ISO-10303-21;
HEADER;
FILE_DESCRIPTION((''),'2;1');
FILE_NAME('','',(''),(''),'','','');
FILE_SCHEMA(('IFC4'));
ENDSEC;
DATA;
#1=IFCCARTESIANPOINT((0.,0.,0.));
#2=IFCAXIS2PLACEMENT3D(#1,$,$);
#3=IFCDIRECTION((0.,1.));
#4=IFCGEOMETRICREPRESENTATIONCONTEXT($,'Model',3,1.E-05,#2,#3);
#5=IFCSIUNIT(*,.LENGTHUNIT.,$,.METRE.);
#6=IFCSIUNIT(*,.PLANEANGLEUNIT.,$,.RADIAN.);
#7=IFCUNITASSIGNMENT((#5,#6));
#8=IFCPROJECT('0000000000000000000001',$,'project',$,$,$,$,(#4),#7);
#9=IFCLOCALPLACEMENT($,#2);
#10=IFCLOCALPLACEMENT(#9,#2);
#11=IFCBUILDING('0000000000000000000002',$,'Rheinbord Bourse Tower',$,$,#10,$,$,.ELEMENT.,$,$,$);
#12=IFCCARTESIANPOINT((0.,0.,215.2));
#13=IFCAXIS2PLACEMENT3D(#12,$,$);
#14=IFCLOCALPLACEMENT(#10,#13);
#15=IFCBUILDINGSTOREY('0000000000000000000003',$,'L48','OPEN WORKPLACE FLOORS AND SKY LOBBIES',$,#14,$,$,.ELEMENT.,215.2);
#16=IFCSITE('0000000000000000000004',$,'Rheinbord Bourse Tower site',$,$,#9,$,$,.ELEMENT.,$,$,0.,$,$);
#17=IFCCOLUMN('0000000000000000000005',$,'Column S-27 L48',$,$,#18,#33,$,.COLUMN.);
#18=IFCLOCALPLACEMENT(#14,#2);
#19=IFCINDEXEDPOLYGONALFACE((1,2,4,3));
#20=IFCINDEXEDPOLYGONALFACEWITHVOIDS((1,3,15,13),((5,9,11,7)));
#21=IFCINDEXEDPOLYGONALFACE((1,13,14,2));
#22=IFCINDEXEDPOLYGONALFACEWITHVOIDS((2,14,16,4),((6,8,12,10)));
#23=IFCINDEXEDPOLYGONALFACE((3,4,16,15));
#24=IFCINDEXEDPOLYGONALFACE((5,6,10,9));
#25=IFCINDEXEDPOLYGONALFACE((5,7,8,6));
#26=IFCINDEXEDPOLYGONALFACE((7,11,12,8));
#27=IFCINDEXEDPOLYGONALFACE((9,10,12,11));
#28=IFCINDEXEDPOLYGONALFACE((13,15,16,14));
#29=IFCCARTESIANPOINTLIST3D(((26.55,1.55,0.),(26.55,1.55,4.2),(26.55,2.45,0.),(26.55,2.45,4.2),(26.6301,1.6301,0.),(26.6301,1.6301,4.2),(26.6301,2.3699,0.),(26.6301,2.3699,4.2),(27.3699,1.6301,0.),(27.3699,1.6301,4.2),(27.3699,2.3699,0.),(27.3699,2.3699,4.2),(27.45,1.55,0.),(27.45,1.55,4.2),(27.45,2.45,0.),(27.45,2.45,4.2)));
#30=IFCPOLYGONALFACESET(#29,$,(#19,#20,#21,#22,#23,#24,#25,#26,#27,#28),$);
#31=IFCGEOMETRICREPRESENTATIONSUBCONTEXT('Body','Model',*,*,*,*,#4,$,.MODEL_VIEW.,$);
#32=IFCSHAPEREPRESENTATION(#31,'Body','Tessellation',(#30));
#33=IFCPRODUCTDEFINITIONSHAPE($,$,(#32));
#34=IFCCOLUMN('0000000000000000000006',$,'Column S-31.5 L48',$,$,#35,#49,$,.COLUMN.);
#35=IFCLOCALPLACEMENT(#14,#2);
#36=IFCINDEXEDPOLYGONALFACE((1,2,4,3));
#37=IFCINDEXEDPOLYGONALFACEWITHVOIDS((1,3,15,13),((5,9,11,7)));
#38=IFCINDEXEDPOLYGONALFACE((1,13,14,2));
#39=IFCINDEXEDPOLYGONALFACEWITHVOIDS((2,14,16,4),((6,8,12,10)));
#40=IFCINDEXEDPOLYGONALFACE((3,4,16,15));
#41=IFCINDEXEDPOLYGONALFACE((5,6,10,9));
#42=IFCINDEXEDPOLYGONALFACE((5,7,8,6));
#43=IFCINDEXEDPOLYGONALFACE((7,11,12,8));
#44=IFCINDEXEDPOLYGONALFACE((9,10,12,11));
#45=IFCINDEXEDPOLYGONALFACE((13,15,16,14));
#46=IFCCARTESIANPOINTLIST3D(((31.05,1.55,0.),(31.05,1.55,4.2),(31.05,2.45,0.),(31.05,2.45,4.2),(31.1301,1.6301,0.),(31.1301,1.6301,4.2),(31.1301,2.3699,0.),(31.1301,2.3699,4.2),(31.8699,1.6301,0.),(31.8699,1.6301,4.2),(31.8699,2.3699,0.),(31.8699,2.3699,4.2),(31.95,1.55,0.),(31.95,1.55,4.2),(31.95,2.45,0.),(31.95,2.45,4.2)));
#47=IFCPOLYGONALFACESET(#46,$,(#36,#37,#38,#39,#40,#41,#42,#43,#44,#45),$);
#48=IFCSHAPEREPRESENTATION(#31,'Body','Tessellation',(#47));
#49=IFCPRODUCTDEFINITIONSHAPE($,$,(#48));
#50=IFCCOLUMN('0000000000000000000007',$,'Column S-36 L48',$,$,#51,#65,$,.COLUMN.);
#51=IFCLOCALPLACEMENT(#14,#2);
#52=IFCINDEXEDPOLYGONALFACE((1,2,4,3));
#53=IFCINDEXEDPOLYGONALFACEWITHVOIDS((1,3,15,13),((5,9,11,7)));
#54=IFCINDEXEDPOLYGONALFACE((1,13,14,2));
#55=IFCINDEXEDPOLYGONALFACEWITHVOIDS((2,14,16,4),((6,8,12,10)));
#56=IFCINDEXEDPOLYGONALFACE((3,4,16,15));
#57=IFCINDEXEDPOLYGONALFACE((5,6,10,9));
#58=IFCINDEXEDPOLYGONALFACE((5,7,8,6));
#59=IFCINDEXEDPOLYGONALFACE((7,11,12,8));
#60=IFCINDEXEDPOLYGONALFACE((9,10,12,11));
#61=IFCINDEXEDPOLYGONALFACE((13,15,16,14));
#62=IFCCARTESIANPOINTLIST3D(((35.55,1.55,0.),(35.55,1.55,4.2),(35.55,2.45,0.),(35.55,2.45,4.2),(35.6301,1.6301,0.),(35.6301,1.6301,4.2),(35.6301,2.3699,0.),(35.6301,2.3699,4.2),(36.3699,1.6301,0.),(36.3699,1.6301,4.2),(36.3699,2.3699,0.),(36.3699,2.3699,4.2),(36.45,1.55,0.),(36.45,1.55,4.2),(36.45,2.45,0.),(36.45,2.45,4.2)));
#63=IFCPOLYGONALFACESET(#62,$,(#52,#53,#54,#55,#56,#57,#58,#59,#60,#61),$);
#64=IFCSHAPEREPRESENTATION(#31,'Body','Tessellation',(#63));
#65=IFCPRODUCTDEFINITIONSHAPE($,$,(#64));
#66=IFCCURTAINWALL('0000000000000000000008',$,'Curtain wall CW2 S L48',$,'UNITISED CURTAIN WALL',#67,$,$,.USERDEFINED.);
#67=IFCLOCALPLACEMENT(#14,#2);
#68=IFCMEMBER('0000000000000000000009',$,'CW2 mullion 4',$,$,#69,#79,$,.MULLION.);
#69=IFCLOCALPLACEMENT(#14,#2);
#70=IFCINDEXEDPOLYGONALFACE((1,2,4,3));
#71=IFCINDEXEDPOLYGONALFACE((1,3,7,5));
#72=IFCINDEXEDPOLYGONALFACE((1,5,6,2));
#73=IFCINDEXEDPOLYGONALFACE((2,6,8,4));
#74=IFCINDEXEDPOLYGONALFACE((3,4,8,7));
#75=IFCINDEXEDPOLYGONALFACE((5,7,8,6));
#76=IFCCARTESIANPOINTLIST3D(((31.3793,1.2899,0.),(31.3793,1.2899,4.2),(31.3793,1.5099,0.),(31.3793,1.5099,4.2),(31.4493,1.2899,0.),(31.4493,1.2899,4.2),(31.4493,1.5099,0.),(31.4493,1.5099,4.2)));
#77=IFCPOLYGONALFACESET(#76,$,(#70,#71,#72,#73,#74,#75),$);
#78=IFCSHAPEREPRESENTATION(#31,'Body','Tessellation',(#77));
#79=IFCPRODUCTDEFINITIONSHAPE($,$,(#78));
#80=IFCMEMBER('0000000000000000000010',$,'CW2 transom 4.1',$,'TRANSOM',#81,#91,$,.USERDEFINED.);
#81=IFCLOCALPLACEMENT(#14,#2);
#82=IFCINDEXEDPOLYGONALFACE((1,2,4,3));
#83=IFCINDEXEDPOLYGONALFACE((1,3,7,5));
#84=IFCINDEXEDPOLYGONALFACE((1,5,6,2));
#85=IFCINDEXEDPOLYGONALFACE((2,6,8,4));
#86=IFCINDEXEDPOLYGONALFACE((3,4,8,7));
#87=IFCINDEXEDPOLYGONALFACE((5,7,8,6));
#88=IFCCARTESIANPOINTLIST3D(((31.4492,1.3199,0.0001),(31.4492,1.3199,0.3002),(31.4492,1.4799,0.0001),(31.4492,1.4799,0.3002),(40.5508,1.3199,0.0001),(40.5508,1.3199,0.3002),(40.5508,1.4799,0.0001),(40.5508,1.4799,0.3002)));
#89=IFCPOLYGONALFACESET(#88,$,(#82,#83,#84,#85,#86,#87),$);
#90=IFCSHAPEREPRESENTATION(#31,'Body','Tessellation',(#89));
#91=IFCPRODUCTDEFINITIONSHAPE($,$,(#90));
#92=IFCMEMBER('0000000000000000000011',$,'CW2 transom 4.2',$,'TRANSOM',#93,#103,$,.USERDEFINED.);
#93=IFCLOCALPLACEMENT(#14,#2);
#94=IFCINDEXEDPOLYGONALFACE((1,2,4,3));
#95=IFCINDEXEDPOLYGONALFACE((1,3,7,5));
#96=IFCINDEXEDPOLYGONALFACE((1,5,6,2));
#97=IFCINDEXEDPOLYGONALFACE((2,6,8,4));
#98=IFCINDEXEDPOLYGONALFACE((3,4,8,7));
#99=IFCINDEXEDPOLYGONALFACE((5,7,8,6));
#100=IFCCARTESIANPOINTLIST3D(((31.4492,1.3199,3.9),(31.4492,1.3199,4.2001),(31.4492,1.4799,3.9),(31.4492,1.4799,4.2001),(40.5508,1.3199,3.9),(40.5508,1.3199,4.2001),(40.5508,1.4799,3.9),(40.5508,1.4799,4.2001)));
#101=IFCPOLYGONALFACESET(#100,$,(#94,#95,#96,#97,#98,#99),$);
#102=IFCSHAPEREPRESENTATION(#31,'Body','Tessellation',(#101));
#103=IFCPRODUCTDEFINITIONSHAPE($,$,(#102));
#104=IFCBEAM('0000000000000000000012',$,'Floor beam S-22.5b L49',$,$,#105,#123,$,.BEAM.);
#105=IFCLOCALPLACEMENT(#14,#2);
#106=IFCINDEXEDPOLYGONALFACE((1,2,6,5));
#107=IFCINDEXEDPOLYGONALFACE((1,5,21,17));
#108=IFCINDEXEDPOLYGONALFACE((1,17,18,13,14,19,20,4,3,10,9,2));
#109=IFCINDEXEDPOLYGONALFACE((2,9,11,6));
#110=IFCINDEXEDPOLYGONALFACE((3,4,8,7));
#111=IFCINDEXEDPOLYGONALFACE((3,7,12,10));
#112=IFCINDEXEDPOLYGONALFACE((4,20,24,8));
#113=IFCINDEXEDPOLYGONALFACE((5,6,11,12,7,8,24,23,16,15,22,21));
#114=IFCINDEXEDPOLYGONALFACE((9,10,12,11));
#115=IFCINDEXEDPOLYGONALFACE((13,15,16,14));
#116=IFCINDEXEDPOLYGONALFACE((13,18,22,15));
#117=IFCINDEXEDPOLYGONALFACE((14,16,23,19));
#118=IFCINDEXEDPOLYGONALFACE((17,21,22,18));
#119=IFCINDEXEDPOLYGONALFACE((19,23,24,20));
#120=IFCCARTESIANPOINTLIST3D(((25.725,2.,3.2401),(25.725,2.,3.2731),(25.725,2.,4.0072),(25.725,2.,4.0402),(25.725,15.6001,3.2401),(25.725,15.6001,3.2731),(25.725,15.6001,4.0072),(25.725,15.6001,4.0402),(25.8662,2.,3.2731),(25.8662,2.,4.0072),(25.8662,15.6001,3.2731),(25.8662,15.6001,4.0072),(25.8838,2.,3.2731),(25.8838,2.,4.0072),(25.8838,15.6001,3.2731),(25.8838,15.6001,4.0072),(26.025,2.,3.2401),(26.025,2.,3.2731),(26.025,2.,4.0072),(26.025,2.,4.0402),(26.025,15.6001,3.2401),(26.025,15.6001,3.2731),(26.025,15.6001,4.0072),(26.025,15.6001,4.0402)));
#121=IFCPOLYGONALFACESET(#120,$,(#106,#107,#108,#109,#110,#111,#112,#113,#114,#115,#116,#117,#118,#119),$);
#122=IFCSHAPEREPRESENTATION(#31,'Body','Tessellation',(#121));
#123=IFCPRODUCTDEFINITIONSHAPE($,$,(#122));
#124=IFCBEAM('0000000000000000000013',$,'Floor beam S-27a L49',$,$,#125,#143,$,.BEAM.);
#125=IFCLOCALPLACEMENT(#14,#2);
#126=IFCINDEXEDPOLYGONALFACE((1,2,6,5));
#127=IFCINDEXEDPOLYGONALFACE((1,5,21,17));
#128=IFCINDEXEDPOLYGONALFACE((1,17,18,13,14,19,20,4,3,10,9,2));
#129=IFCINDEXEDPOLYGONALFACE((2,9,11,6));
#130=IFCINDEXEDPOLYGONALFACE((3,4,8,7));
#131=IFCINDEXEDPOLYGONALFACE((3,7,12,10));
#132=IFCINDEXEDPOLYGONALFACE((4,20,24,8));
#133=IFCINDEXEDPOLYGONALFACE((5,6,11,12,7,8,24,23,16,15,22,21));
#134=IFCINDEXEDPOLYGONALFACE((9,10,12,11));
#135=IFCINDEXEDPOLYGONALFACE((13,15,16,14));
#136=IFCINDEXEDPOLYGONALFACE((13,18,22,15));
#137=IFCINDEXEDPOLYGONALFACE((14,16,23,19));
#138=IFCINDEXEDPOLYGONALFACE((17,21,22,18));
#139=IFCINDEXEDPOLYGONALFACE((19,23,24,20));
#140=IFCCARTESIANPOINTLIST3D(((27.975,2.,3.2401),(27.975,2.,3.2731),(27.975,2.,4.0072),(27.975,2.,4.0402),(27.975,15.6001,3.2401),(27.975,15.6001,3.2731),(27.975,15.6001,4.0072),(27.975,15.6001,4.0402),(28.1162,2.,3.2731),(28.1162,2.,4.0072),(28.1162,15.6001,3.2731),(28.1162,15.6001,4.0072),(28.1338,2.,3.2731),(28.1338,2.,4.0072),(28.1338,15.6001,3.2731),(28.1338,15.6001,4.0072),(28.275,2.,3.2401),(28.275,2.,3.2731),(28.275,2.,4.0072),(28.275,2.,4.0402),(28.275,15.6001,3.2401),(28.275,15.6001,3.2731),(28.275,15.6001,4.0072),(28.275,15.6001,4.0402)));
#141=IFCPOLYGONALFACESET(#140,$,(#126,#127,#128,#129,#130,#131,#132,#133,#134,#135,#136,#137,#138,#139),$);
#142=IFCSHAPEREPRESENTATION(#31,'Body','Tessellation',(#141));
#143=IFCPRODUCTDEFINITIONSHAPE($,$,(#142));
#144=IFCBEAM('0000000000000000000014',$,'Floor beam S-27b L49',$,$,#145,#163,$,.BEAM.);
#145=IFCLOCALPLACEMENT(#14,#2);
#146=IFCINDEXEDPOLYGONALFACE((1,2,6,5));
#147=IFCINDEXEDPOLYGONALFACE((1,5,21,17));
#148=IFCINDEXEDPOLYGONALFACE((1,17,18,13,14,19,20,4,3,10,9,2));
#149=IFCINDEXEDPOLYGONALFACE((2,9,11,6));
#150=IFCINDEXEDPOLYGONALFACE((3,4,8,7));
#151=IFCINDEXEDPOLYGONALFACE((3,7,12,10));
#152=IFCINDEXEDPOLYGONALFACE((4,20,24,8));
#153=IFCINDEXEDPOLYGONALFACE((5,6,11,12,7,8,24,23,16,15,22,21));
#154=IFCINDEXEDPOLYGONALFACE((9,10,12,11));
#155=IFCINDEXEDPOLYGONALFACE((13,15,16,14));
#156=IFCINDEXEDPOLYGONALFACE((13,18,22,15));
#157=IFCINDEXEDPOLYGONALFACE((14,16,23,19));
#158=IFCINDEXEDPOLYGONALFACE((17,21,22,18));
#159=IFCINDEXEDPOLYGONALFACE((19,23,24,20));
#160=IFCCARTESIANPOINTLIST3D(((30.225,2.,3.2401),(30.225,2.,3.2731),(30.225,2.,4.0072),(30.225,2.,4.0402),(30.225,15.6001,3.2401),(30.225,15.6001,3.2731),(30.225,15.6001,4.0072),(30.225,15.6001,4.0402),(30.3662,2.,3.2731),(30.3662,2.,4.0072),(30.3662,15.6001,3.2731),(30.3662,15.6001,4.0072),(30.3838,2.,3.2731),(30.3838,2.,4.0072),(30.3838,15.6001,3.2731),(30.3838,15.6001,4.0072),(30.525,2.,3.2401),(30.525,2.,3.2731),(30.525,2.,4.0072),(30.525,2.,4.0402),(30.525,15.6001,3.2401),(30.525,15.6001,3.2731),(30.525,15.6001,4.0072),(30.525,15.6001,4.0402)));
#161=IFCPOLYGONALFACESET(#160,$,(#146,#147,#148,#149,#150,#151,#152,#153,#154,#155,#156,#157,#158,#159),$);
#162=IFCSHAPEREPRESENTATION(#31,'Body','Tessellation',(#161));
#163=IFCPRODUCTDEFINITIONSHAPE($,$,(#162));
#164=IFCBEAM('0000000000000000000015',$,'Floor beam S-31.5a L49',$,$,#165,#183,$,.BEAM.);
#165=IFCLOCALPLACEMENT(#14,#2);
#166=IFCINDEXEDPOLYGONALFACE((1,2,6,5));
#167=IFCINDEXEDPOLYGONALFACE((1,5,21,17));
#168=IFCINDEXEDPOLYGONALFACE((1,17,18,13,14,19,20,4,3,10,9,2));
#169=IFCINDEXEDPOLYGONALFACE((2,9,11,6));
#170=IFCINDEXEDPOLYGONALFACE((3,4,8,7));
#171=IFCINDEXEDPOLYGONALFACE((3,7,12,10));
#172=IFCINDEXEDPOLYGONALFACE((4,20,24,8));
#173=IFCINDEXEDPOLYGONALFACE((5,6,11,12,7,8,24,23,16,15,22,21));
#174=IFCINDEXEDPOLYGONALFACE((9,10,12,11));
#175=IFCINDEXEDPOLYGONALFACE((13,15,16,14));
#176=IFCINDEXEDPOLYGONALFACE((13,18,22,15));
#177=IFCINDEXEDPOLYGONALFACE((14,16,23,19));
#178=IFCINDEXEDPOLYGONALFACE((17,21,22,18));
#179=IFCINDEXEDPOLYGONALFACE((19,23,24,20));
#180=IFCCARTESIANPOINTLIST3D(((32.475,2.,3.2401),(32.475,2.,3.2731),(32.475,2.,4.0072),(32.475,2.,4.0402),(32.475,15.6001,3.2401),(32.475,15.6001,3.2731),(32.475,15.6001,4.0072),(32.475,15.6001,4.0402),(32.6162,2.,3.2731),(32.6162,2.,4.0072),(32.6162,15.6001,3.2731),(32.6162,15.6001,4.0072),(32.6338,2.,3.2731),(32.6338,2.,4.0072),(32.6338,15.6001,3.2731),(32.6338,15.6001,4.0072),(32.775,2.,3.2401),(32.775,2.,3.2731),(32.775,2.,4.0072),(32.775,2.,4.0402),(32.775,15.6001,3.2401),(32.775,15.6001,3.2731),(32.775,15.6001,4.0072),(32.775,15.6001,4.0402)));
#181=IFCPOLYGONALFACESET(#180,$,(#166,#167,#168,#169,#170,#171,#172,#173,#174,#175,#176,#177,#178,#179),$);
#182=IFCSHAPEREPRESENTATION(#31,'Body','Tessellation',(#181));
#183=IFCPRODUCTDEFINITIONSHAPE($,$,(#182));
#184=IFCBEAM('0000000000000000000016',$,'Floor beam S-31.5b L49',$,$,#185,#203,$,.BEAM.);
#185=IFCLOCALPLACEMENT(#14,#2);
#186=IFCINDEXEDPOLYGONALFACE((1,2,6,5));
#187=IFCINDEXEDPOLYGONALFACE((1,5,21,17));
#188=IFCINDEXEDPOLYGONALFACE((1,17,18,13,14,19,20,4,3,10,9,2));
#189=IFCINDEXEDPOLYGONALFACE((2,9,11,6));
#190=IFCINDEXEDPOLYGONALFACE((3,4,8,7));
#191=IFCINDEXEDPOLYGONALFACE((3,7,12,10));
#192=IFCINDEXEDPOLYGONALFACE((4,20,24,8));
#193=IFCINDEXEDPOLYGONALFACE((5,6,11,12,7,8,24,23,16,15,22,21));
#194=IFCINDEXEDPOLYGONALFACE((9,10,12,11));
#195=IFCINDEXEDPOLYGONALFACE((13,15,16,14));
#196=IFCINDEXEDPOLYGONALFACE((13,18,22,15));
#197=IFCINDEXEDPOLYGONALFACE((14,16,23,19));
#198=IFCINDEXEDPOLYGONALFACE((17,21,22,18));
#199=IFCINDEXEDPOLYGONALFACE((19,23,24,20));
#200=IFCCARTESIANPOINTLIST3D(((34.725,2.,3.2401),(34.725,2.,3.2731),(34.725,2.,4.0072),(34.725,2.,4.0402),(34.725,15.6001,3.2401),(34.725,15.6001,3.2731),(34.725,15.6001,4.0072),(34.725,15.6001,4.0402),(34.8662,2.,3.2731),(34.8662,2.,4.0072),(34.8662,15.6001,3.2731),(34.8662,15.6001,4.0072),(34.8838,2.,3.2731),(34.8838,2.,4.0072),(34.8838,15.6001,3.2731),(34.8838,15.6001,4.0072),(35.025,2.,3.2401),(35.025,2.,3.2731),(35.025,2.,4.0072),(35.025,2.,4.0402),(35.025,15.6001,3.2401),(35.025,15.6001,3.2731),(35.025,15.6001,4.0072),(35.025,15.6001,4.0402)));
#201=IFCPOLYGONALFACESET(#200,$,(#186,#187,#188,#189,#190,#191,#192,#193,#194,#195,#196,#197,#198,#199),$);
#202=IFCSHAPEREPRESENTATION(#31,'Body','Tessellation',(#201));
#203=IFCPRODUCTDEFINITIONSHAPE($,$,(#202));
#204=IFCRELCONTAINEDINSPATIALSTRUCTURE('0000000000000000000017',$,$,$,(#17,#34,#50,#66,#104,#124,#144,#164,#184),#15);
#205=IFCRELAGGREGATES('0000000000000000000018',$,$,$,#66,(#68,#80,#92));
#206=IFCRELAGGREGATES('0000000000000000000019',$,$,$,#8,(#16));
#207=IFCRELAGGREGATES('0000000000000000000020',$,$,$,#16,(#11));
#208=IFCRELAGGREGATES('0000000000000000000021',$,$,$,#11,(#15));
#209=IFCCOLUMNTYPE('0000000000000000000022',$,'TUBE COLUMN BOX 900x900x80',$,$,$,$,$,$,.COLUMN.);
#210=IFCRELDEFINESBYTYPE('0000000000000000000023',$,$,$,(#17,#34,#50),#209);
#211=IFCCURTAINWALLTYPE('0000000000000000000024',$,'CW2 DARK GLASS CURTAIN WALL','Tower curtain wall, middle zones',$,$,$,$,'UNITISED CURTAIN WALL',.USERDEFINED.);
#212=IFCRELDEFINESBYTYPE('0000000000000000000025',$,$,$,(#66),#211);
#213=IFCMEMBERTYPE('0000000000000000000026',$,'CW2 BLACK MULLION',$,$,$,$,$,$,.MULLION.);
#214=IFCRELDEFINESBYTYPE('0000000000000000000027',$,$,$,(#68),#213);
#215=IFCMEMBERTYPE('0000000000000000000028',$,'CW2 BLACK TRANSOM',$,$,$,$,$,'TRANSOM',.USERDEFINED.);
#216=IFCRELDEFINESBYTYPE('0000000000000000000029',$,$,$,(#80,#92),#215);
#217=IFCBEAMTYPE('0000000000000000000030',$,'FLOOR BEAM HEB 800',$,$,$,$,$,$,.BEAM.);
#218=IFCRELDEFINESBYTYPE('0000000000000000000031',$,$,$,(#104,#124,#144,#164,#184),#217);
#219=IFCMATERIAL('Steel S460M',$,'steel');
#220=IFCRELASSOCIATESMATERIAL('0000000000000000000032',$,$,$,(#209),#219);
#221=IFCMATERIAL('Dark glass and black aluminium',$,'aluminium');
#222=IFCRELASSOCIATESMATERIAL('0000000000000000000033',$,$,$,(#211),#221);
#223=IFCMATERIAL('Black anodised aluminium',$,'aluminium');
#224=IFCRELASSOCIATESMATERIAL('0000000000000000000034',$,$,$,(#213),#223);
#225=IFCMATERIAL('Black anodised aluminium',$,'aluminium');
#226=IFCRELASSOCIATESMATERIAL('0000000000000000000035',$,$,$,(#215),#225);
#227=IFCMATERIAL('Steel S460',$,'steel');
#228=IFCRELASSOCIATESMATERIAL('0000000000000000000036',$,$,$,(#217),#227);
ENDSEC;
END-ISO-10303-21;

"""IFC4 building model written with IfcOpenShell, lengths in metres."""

from ifc_helpers import new_model, si_unit, direction, frame, origin, origin_2d, place, context, subcontext, project, spatial, rectangle, hollow_rectangle, i_section, extrude, material, material_profile, profile_set, type_object, element, aggregate, save


model = new_model("IFC4")

# Units and contexts
model_context = context("Model", 3, precision=1e-05, world=origin(), true_north=direction((0.0, 1.0)))
body_context = subcontext(model_context, "Body", "Model", "MODEL_VIEW")
ifc_project = project(units=[si_unit("LENGTHUNIT", "METRE"), si_unit("PLANEANGLEUNIT", "RADIAN")], contexts=[model_context])

# Site, building, storey
site_placement = place(None, origin())
site = spatial("IfcSite", under=ifc_project, at=site_placement, Name="Rheinbord Bourse Tower site", CompositionType="ELEMENT", RefElevation=0.0)
building_placement = place(site_placement, origin())
building = spatial("IfcBuilding", under=site, at=building_placement, Name="Rheinbord Bourse Tower", CompositionType="ELEMENT")
storey_placement = place(building_placement, frame((0.0, 0.0, 215.2)))
storey = spatial("IfcBuildingStorey", under=building, at=storey_placement, Name="L48", Description="OPEN WORKPLACE FLOORS AND SKY LOBBIES", CompositionType="ELEMENT", Elevation=215.2)

# Columns
ifc_material_1 = material(Name="Steel S460M", Category="steel")
ifc_material_profile_1 = material_profile(ifc_material_1, hollow_rectangle(XDim=0.8999, YDim=0.8999, WallThickness=0.0801, at=origin_2d()), Name="BOX 900x900x80")
ifc_profile_set_1 = profile_set([ifc_material_profile_1], Name="Steel S460M")
column_type = type_object("IfcColumnType", Name="TUBE COLUMN BOX 900x900x80", PredefinedType="COLUMN", material=ifc_profile_set_1)
for number, where, z_axis, x_axis, name in (
    (1, (27.0, 2.0, 0.0), (0.0, 0.0, 1.0), (0.0, 1.0, 0.0), "Column S-27 L48"),
    (2, (31.5, 2.0, 0.0), (0.0, 0.0, 1.0), (0.0, 1.0, 0.0), "Column S-31.5 L48"),
    (3, (36.0, 2.0, 0.0), (0.0, 0.0, 1.0), (0.0, 1.0, 0.0), "Column S-36 L48"),
):
    element("IfcColumn", number, at=place(storey_placement, frame(where, z_axis=z_axis, x_axis=x_axis)), inside=storey, type_object=column_type, Name=name, PredefinedType="COLUMN", context=body_context, shape_type="SweptSolid", body=[
        extrude(hollow_rectangle(XDim=0.8999, YDim=0.8999, WallThickness=0.0801, at=origin_2d()), origin(), (0.0, 0.0, 1.0), 4.2),
    ])

# Curtain wall, members
ifc_material_2 = material(Name="Dark glass and black aluminium", Category="aluminium")
curtain_wall_type = type_object("IfcCurtainWallType", Name="CW2 DARK GLASS CURTAIN WALL", Description="Tower curtain wall, middle zones", ElementType="UNITISED CURTAIN WALL", PredefinedType="USERDEFINED", material=ifc_material_2)
curtain_wall_placement = place(storey_placement, origin())
curtain_wall = element("IfcCurtainWall", 4, at=curtain_wall_placement, inside=storey, type_object=curtain_wall_type, Name="Curtain wall CW2 S L48", ObjectType="UNITISED CURTAIN WALL", PredefinedType="USERDEFINED")
ifc_material_3 = material(Name="Black anodised aluminium", Category="aluminium")
ifc_material_profile_2 = material_profile(ifc_material_3, rectangle(XDim=0.22, YDim=0.0701, at=origin_2d()), Name="CW2 MULLION 70x220")
ifc_profile_set_2 = profile_set([ifc_material_profile_2], Name="Black anodised aluminium")
member_type_1 = type_object("IfcMemberType", Name="CW2 BLACK MULLION", PredefinedType="MULLION", material=ifc_profile_set_2)
member_1_placement = place(storey_placement, frame((31.4143, 1.3999, 0.0), z_axis=(0.0, 0.0, 1.0), x_axis=(0.0, 1.0, 0.0)))
member_1 = element("IfcMember", 5, at=member_1_placement, type_object=member_type_1, Name="CW2 mullion 4", PredefinedType="MULLION", context=body_context, shape_type="SweptSolid", body=[
    extrude(rectangle(XDim=0.22, YDim=0.0701, at=origin_2d()), origin(), (0.0, 0.0, 1.0), 4.2),
])
ifc_material_4 = material(Name="Black anodised aluminium", Category="aluminium")
ifc_material_profile_3 = material_profile(ifc_material_4, rectangle(XDim=0.1599, YDim=0.3, at=origin_2d()), Name="CW2 TRANSOM 300x160")
ifc_profile_set_3 = profile_set([ifc_material_profile_3], Name="Black anodised aluminium")
member_type_2 = type_object("IfcMemberType", Name="CW2 BLACK TRANSOM", ElementType="TRANSOM", PredefinedType="USERDEFINED", material=ifc_profile_set_3)
member_2_placement = place(storey_placement, frame((31.4492, 1.3999, 0.1501), z_axis=(1.0, 0.0, 0.0), x_axis=(0.0, 1.0, 0.0)))
member_2 = element("IfcMember", 6, at=member_2_placement, type_object=member_type_2, Name="CW2 transom 4.1", ObjectType="TRANSOM", PredefinedType="USERDEFINED", context=body_context, shape_type="SweptSolid", body=[
    extrude(rectangle(XDim=0.1599, YDim=0.3, at=origin_2d()), origin(), (0.0, 0.0, 1.0), 9.1016),
])
member_3_placement = place(storey_placement, frame((31.4492, 1.3999, 4.05), z_axis=(1.0, 0.0, 0.0), x_axis=(0.0, 1.0, 0.0)))
member_3 = element("IfcMember", 7, at=member_3_placement, type_object=member_type_2, Name="CW2 transom 4.2", ObjectType="TRANSOM", PredefinedType="USERDEFINED", context=body_context, shape_type="SweptSolid", body=[
    extrude(rectangle(XDim=0.1599, YDim=0.3, at=origin_2d()), origin(), (0.0, 0.0, 1.0), 9.1016),
])

# Beams
ifc_material_5 = material(Name="Steel S460", Category="steel")
ifc_material_profile_4 = material_profile(ifc_material_5, i_section(OverallWidth=0.3, OverallDepth=0.8, WebThickness=0.0176, FlangeThickness=0.033, at=origin_2d()), Name="HEB 800")
ifc_profile_set_4 = profile_set([ifc_material_profile_4], Name="Steel S460")
beam_type_1 = type_object("IfcBeamType", Name="FLOOR BEAM HEB 800", PredefinedType="BEAM", material=ifc_profile_set_4)
for number, where, z_axis, x_axis, name in (
    (8, (25.875, 2.0, 3.6401), (0.0, 1.0, 0.0), (-1.0, 0.0, 0.0), "Floor beam S-22.5b L49"),
    (9, (28.125, 2.0, 3.6401), (0.0, 1.0, 0.0), (-1.0, 0.0, 0.0), "Floor beam S-27a L49"),
    (10, (30.375, 2.0, 3.6401), (0.0, 1.0, 0.0), (-1.0, 0.0, 0.0), "Floor beam S-27b L49"),
    (11, (32.625, 2.0, 3.6401), (0.0, 1.0, 0.0), (-1.0, 0.0, 0.0), "Floor beam S-31.5a L49"),
    (12, (34.875, 2.0, 3.6401), (0.0, 1.0, 0.0), (-1.0, 0.0, 0.0), "Floor beam S-31.5b L49"),
):
    element("IfcBeam", number, at=place(storey_placement, frame(where, z_axis=z_axis, x_axis=x_axis)), inside=storey, type_object=beam_type_1, Name=name, PredefinedType="BEAM", context=body_context, shape_type="SweptSolid", body=[
        extrude(i_section(OverallWidth=0.3, OverallDepth=0.8, WebThickness=0.0176, FlangeThickness=0.033, at=origin_2d()), origin(), (0.0, 0.0, 1.0), 13.6001),
    ])

aggregate(curtain_wall, [member_1, member_2, member_3])

save(model, "model.ifc")
